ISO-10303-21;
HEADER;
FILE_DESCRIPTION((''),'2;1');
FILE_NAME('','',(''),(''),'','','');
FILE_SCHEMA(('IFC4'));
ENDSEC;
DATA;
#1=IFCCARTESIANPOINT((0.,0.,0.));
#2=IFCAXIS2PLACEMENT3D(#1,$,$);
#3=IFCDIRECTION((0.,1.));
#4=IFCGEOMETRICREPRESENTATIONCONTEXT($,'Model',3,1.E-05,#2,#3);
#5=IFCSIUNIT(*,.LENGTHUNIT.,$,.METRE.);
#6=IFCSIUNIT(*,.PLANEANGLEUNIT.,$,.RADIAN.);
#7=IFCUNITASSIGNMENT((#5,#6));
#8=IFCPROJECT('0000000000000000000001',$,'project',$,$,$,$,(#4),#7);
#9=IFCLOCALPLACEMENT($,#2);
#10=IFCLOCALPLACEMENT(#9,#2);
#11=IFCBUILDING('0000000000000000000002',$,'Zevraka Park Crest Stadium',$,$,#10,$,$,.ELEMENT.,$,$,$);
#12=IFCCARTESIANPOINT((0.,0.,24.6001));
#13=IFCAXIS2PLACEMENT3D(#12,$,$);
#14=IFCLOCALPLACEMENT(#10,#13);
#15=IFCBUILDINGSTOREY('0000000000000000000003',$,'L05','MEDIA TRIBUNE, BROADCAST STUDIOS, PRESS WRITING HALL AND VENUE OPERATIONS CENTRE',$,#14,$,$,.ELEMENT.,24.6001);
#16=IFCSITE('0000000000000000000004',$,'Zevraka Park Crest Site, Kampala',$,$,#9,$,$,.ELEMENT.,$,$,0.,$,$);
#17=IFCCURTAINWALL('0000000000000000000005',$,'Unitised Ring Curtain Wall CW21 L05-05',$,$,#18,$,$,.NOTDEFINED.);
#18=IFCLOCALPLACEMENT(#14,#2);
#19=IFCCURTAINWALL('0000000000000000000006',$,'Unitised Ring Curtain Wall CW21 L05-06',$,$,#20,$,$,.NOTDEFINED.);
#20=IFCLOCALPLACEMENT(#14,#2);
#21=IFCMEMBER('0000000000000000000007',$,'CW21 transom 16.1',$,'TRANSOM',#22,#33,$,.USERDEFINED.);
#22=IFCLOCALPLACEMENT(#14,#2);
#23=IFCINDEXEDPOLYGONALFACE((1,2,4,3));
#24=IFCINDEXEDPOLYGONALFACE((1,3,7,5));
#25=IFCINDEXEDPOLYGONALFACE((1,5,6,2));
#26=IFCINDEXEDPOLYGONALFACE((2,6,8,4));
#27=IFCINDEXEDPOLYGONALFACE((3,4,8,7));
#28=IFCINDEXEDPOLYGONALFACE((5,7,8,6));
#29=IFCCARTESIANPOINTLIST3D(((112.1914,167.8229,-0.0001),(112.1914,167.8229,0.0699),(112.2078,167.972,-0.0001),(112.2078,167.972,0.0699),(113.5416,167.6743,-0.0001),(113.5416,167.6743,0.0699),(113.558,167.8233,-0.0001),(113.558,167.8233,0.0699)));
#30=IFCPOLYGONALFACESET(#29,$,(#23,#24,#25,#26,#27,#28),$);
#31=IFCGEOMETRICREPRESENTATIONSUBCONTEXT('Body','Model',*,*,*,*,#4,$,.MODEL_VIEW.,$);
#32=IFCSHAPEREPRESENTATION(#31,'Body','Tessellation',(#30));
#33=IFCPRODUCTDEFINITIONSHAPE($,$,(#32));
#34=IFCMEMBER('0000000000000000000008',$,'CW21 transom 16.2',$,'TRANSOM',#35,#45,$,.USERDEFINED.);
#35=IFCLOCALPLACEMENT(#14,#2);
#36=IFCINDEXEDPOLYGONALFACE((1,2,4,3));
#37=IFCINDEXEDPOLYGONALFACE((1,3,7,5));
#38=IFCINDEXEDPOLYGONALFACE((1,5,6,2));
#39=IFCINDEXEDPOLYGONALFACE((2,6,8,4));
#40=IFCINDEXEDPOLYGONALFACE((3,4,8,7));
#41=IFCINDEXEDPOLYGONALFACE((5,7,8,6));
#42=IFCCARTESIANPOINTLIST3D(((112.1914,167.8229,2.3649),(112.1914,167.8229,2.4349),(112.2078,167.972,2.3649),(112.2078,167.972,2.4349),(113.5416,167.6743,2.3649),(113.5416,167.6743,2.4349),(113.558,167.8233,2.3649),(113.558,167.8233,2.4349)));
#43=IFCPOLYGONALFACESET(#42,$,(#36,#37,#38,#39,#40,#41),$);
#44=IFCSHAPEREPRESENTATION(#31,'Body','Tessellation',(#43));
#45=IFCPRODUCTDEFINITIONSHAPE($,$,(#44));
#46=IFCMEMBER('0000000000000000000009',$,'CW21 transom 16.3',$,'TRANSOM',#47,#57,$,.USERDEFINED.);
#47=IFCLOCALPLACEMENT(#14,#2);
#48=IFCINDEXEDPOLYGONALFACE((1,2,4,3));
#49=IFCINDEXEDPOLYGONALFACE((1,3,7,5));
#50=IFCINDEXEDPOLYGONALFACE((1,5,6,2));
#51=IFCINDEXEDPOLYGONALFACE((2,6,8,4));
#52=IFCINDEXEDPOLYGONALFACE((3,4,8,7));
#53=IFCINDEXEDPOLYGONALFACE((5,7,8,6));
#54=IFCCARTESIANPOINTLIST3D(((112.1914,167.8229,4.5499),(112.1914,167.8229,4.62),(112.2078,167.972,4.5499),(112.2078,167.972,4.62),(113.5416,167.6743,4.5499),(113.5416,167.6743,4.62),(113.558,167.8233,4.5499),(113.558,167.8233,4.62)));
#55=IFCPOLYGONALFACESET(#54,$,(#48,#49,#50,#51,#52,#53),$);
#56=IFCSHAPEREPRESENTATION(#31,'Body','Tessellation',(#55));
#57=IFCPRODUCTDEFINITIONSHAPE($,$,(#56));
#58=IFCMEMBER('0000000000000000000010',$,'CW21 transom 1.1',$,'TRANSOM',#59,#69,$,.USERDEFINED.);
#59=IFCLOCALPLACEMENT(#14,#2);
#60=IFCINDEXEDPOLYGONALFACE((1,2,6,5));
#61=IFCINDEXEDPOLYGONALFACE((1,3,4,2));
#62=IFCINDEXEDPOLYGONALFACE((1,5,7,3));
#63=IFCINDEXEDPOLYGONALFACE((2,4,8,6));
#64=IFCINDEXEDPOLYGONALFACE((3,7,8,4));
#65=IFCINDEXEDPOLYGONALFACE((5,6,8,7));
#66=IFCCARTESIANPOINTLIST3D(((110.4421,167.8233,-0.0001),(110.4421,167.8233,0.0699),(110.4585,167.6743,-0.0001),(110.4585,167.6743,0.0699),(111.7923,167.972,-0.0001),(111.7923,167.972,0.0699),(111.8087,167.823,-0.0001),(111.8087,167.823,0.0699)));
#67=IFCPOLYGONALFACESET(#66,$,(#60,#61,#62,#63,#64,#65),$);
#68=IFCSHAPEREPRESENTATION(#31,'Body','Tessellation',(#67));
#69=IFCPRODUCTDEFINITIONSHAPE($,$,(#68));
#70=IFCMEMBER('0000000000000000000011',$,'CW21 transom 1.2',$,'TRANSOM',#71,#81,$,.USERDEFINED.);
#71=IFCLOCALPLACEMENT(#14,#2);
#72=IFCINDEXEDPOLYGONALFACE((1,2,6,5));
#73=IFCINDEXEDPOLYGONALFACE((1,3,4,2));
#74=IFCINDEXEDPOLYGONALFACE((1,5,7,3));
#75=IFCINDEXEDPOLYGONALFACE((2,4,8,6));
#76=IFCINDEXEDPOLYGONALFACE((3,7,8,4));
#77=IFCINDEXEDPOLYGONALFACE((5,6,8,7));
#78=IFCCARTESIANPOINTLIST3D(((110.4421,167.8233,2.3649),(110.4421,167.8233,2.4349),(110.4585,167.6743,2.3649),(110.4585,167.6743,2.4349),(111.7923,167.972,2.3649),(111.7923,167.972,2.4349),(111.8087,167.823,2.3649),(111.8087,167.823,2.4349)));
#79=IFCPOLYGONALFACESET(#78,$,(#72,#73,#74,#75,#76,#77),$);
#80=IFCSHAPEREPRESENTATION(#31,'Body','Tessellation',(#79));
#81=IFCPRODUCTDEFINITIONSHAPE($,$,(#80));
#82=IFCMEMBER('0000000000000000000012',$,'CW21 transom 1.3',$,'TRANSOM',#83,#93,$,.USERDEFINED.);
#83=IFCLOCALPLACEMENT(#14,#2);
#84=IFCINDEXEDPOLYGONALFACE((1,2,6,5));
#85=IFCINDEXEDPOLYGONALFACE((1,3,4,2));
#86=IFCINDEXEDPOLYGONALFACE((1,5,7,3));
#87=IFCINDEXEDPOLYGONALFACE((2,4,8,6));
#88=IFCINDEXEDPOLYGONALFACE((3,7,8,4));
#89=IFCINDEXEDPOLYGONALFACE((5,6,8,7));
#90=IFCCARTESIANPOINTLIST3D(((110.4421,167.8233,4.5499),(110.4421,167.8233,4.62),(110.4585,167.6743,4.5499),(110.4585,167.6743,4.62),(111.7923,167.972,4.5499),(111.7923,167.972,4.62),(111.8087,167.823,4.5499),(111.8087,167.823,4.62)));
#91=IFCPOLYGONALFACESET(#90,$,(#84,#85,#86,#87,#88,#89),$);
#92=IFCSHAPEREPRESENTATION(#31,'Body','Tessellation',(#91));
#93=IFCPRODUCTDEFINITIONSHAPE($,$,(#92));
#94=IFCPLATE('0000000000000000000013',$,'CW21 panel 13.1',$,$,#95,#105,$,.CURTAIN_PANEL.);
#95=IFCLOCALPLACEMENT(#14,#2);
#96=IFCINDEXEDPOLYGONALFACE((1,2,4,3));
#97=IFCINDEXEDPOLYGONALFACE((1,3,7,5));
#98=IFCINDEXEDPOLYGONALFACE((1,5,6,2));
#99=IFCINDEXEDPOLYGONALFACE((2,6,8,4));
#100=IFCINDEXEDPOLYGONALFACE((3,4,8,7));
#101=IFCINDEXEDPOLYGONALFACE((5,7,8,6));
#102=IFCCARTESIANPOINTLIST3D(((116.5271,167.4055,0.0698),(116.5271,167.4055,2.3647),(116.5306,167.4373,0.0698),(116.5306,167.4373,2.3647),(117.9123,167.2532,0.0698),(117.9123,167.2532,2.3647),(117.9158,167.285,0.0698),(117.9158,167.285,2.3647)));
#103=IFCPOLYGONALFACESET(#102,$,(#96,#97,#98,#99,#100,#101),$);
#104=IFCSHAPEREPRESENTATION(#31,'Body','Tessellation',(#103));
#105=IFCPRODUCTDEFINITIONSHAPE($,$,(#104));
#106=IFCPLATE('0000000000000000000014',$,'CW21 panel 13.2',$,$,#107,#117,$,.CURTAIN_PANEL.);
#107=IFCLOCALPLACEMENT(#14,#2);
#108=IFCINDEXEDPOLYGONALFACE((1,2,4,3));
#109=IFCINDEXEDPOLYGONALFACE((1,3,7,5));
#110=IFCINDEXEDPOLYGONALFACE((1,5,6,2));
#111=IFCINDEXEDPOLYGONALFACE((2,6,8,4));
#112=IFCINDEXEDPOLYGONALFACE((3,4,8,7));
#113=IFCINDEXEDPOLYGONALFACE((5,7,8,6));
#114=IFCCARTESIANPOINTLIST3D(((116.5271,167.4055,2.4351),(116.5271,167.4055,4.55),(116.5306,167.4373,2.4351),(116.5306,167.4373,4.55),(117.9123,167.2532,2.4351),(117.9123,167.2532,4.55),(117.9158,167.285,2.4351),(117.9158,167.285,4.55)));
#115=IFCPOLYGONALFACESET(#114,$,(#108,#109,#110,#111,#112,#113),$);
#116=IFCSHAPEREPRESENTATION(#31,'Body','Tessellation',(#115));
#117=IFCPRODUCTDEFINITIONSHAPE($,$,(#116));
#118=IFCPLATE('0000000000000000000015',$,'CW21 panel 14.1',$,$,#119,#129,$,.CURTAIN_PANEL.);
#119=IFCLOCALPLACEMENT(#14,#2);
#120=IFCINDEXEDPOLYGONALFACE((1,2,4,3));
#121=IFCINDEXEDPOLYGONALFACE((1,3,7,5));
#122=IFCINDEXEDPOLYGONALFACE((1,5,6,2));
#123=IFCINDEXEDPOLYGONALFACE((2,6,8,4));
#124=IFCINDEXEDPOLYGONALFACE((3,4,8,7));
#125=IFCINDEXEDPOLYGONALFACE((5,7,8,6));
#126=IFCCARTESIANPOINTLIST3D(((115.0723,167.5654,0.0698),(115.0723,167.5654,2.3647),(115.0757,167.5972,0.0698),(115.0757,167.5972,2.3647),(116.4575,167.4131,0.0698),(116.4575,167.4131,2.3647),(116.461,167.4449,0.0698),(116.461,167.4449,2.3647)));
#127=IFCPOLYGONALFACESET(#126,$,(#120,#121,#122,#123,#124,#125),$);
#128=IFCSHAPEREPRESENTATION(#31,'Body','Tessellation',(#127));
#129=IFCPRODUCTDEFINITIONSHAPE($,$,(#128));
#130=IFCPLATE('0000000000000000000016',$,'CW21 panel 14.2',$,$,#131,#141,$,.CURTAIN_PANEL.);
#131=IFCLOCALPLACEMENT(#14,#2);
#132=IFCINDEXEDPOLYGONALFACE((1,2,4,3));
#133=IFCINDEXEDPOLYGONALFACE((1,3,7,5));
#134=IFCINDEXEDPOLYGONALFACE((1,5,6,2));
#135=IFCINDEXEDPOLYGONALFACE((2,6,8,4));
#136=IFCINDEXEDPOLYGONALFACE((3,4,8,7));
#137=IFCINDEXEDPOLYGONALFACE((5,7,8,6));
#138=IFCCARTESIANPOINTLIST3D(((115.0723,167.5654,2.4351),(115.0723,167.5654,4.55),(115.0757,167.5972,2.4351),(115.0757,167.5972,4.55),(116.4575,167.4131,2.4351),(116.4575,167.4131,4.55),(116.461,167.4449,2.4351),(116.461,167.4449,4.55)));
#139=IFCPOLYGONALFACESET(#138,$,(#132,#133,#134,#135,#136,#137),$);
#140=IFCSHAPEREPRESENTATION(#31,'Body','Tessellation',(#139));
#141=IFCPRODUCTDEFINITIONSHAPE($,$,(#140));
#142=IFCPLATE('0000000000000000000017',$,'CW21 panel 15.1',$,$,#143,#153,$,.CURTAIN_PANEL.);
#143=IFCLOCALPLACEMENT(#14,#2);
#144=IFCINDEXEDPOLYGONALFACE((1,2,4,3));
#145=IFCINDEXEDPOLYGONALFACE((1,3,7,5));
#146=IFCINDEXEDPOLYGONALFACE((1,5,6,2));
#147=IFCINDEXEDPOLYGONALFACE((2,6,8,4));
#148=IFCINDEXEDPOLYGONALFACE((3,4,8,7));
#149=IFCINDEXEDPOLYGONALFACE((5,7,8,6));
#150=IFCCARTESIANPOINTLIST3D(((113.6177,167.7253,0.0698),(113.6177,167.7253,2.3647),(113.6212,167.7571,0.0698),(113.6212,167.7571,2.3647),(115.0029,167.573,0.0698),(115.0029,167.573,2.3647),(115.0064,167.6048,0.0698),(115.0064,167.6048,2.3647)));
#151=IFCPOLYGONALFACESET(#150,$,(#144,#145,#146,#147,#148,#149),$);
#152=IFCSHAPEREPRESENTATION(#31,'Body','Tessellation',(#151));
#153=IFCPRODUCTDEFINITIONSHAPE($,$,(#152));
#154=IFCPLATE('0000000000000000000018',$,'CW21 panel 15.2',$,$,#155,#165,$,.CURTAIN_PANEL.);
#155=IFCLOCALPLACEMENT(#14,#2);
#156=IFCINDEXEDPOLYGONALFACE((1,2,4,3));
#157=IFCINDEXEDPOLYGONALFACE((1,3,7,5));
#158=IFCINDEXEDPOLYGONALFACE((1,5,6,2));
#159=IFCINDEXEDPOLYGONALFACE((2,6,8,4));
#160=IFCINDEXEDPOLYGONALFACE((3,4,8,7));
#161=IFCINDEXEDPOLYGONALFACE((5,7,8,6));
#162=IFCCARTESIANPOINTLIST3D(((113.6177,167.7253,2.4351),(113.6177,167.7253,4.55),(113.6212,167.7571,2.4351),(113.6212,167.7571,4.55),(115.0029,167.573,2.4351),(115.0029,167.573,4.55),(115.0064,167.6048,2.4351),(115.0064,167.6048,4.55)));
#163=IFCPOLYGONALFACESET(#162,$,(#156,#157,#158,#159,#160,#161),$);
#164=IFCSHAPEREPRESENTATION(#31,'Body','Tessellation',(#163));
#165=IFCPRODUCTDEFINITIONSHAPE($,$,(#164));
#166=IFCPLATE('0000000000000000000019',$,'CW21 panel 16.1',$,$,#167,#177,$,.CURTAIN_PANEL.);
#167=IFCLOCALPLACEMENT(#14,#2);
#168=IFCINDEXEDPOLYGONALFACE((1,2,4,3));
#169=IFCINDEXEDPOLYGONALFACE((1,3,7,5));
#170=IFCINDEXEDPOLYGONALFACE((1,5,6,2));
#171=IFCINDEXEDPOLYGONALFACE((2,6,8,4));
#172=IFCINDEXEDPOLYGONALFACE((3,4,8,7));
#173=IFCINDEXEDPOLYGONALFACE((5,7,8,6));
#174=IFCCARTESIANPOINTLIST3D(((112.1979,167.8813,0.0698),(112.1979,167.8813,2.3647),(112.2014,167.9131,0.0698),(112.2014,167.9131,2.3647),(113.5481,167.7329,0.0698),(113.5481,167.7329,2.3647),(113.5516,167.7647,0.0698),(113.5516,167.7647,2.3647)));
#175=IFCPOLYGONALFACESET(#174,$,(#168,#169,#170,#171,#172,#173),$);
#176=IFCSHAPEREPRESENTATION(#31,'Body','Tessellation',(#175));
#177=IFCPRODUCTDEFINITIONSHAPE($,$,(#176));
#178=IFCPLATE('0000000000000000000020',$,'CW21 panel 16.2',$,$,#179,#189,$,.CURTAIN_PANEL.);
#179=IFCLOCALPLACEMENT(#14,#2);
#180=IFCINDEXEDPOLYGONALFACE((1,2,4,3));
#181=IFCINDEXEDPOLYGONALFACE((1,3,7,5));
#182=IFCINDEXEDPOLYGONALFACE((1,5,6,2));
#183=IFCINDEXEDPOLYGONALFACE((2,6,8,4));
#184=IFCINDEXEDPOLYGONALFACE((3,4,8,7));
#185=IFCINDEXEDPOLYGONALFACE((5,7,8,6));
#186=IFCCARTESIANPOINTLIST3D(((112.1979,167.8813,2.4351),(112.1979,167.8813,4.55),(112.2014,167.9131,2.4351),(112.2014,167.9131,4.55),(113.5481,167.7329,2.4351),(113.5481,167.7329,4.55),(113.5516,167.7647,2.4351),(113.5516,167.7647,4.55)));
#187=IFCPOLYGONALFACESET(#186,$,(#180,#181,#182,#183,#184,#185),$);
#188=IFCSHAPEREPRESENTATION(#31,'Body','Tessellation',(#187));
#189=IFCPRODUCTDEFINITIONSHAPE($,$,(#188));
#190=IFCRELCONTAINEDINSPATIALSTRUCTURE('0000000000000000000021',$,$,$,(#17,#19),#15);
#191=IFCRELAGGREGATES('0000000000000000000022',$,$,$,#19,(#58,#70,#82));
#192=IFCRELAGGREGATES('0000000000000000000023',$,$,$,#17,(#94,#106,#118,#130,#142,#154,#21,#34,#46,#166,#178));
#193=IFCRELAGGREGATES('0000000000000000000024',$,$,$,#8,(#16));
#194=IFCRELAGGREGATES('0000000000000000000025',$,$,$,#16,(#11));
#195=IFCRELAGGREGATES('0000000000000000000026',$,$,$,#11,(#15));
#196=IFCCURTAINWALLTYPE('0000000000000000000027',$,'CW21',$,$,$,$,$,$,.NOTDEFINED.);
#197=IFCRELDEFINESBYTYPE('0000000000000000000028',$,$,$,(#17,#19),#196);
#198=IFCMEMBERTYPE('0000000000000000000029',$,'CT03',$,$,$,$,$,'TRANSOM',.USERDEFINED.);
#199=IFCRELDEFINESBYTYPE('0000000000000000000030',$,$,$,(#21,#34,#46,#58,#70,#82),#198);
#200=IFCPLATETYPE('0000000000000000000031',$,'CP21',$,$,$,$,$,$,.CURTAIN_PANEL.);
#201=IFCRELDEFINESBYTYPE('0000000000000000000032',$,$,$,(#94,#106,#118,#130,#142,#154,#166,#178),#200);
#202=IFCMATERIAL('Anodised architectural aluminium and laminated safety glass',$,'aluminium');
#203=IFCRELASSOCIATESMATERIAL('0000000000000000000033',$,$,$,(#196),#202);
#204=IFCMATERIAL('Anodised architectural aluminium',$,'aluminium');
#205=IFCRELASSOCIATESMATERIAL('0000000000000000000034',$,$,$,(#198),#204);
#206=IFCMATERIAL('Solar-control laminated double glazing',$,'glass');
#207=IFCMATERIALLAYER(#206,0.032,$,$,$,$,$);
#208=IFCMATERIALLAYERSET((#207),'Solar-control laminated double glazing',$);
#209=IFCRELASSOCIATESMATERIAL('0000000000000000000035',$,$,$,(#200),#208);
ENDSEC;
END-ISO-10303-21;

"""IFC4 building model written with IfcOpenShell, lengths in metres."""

from ifc_helpers import new_model, si_unit, direction, frame, origin, origin_2d, place, context, subcontext, project, spatial, rectangle, extrude, material, layer, layer_set, material_profile, profile_set, type_object, element, aggregate, save


model = new_model("IFC4")

# Units and contexts
model_context = context("Model", 3, precision=1e-05, world=origin(), true_north=direction((0.0, 1.0)))
body_context = subcontext(model_context, "Body", "Model", "MODEL_VIEW")
ifc_project = project(units=[si_unit("LENGTHUNIT", "METRE"), si_unit("PLANEANGLEUNIT", "RADIAN")], contexts=[model_context])

# Site, building, storey
site_placement = place(None, origin())
site = spatial("IfcSite", under=ifc_project, at=site_placement, Name="Zevraka Park Crest Site, Kampala", CompositionType="ELEMENT", RefElevation=0.0)
building_placement = place(site_placement, origin())
building = spatial("IfcBuilding", under=site, at=building_placement, Name="Zevraka Park Crest Stadium", CompositionType="ELEMENT")
storey_placement = place(building_placement, frame((0.0, 0.0, 24.6001)))
storey = spatial("IfcBuildingStorey", under=building, at=storey_placement, Name="L05", Description="MEDIA TRIBUNE, BROADCAST STUDIOS, PRESS WRITING HALL AND VENUE OPERATIONS CENTRE", CompositionType="ELEMENT", Elevation=24.6001)

# Curtain wall
ifc_material_1 = material(Name="Anodised architectural aluminium and laminated safety glass", Category="aluminium")
curtain_wall_type = type_object("IfcCurtainWallType", Name="CW21", PredefinedType="NOTDEFINED", material=ifc_material_1)
curtain_wall_1_placement = place(storey_placement, origin())
curtain_wall_1 = element("IfcCurtainWall", 1, at=curtain_wall_1_placement, inside=storey, type_object=curtain_wall_type, Name="Unitised Ring Curtain Wall CW21 L05-05", PredefinedType="NOTDEFINED")

# Curtain wall
curtain_wall_2_placement = place(storey_placement, origin())
curtain_wall_2 = element("IfcCurtainWall", 2, at=curtain_wall_2_placement, inside=storey, type_object=curtain_wall_type, Name="Unitised Ring Curtain Wall CW21 L05-06", PredefinedType="NOTDEFINED")

# Members
ifc_material_2 = material(Name="Anodised architectural aluminium", Category="aluminium")
ifc_material_profile_1 = material_profile(ifc_material_2, rectangle(XDim=0.1499, YDim=0.0701, at=origin_2d()), Name="ALU TRANSOM 150x70")
ifc_profile_set_1 = profile_set([ifc_material_profile_1], Name="Anodised architectural aluminium")
member_type_1 = type_object("IfcMemberType", Name="CT03", ElementType="TRANSOM", PredefinedType="USERDEFINED", material=ifc_profile_set_1)
member_1_placement = place(storey_placement, frame((113.5498, 167.7488, 0.0349), z_axis=(-0.993993, 0.109445, 0.0), x_axis=(-0.109445, -0.993993, 0.0)))
member_1 = element("IfcMember", 3, at=member_1_placement, type_object=member_type_1, Name="CW21 transom 16.1", ObjectType="TRANSOM", PredefinedType="USERDEFINED", context=body_context, shape_type="SweptSolid", body=[
    extrude(rectangle(XDim=0.1499, YDim=0.0701, at=origin_2d()), origin(), (0.0, 0.0, 1.0), 1.3584),
])
member_2_placement = place(storey_placement, frame((113.5498, 167.7488, 2.3999), z_axis=(-0.993993, 0.109445, 0.0), x_axis=(-0.109445, -0.993993, 0.0)))
member_2 = element("IfcMember", 4, at=member_2_placement, type_object=member_type_1, Name="CW21 transom 16.2", ObjectType="TRANSOM", PredefinedType="USERDEFINED", context=body_context, shape_type="SweptSolid", body=[
    extrude(rectangle(XDim=0.1499, YDim=0.0701, at=origin_2d()), origin(), (0.0, 0.0, 1.0), 1.3584),
])
member_3_placement = place(storey_placement, frame((113.5498, 167.7488, 4.585), z_axis=(-0.993993, 0.109445, 0.0), x_axis=(-0.109445, -0.993993, 0.0)))
member_3 = element("IfcMember", 5, at=member_3_placement, type_object=member_type_1, Name="CW21 transom 16.3", ObjectType="TRANSOM", PredefinedType="USERDEFINED", context=body_context, shape_type="SweptSolid", body=[
    extrude(rectangle(XDim=0.1499, YDim=0.0701, at=origin_2d()), origin(), (0.0, 0.0, 1.0), 1.3584),
])
member_4_placement = place(storey_placement, frame((111.8005, 167.8975, 0.0349), z_axis=(-0.993993, -0.109445, 0.0), x_axis=(0.109445, -0.993993, 0.0)))
member_4 = element("IfcMember", 6, at=member_4_placement, type_object=member_type_1, Name="CW21 transom 1.1", ObjectType="TRANSOM", PredefinedType="USERDEFINED", context=body_context, shape_type="SweptSolid", body=[
    extrude(rectangle(XDim=0.1499, YDim=0.0701, at=origin_2d()), origin(), (0.0, 0.0, 1.0), 1.3584),
])
member_5_placement = place(storey_placement, frame((111.8005, 167.8975, 2.3999), z_axis=(-0.993993, -0.109445, 0.0), x_axis=(0.109445, -0.993993, 0.0)))
member_5 = element("IfcMember", 7, at=member_5_placement, type_object=member_type_1, Name="CW21 transom 1.2", ObjectType="TRANSOM", PredefinedType="USERDEFINED", context=body_context, shape_type="SweptSolid", body=[
    extrude(rectangle(XDim=0.1499, YDim=0.0701, at=origin_2d()), origin(), (0.0, 0.0, 1.0), 1.3584),
])
member_6_placement = place(storey_placement, frame((111.8005, 167.8975, 4.585), z_axis=(-0.993993, -0.109445, 0.0), x_axis=(0.109445, -0.993993, 0.0)))
member_6 = element("IfcMember", 8, at=member_6_placement, type_object=member_type_1, Name="CW21 transom 1.3", ObjectType="TRANSOM", PredefinedType="USERDEFINED", context=body_context, shape_type="SweptSolid", body=[
    extrude(rectangle(XDim=0.1499, YDim=0.0701, at=origin_2d()), origin(), (0.0, 0.0, 1.0), 1.3584),
])
aggregate(curtain_wall_2, [member_4, member_5, member_6])

# Plates
ifc_material_3 = material(Name="Solar-control laminated double glazing", Category="glass")
ifc_layer_1 = layer(ifc_material_3, 0.032)
ifc_layer_set_1 = layer_set([ifc_layer_1], Name="Solar-control laminated double glazing")
plate_type = type_object("IfcPlateType", Name="CP21", PredefinedType="CURTAIN_PANEL", material=ifc_layer_set_1)
plate_1_placement = place(storey_placement, frame((117.2214, 167.3452, 0.0698), z_axis=(0.0, 0.0, 1.0), x_axis=(-0.99401, 0.109288, 0.0)))
plate_1 = element("IfcPlate", 9, at=plate_1_placement, type_object=plate_type, Name="CW21 panel 13.1", PredefinedType="CURTAIN_PANEL", context=body_context, shape_type="SweptSolid", body=[
    extrude(rectangle(XDim=1.3936, YDim=0.032, at=origin_2d()), origin(), (0.0, 0.0, 1.0), 2.2949),
])
plate_2_placement = place(storey_placement, frame((117.2214, 167.3452, 2.4351), z_axis=(0.0, 0.0, 1.0), x_axis=(-0.99401, 0.109288, 0.0)))
plate_2 = element("IfcPlate", 10, at=plate_2_placement, type_object=plate_type, Name="CW21 panel 13.2", PredefinedType="CURTAIN_PANEL", context=body_context, shape_type="SweptSolid", body=[
    extrude(rectangle(XDim=1.3936, YDim=0.032, at=origin_2d()), origin(), (0.0, 0.0, 1.0), 2.115),
])
plate_3_placement = place(storey_placement, frame((115.7666, 167.5051, 0.0698), z_axis=(0.0, 0.0, 1.0), x_axis=(-0.99401, 0.109288, 0.0)))
plate_3 = element("IfcPlate", 11, at=plate_3_placement, type_object=plate_type, Name="CW21 panel 14.1", PredefinedType="CURTAIN_PANEL", context=body_context, shape_type="SweptSolid", body=[
    extrude(rectangle(XDim=1.3936, YDim=0.032, at=origin_2d()), origin(), (0.0, 0.0, 1.0), 2.2949),
])
plate_4_placement = place(storey_placement, frame((115.7666, 167.5051, 2.4351), z_axis=(0.0, 0.0, 1.0), x_axis=(-0.99401, 0.109288, 0.0)))
plate_4 = element("IfcPlate", 12, at=plate_4_placement, type_object=plate_type, Name="CW21 panel 14.2", PredefinedType="CURTAIN_PANEL", context=body_context, shape_type="SweptSolid", body=[
    extrude(rectangle(XDim=1.3936, YDim=0.032, at=origin_2d()), origin(), (0.0, 0.0, 1.0), 2.115),
])
plate_5_placement = place(storey_placement, frame((114.312, 167.665, 0.0698), z_axis=(0.0, 0.0, 1.0), x_axis=(-0.99401, 0.109288, 0.0)))
plate_5 = element("IfcPlate", 13, at=plate_5_placement, type_object=plate_type, Name="CW21 panel 15.1", PredefinedType="CURTAIN_PANEL", context=body_context, shape_type="SweptSolid", body=[
    extrude(rectangle(XDim=1.3936, YDim=0.032, at=origin_2d()), origin(), (0.0, 0.0, 1.0), 2.2949),
])
plate_6_placement = place(storey_placement, frame((114.312, 167.665, 2.4351), z_axis=(0.0, 0.0, 1.0), x_axis=(-0.99401, 0.109288, 0.0)))
plate_6 = element("IfcPlate", 14, at=plate_6_placement, type_object=plate_type, Name="CW21 panel 15.2", PredefinedType="CURTAIN_PANEL", context=body_context, shape_type="SweptSolid", body=[
    extrude(rectangle(XDim=1.3936, YDim=0.032, at=origin_2d()), origin(), (0.0, 0.0, 1.0), 2.115),
])
plate_7_placement = place(storey_placement, frame((112.8748, 167.823, 0.0698), z_axis=(0.0, 0.0, 1.0), x_axis=(-0.99401, 0.109288, 0.0)))
plate_7 = element("IfcPlate", 15, at=plate_7_placement, type_object=plate_type, Name="CW21 panel 16.1", PredefinedType="CURTAIN_PANEL", context=body_context, shape_type="SweptSolid", body=[
    extrude(rectangle(XDim=1.3584, YDim=0.032, at=origin_2d()), origin(), (0.0, 0.0, 1.0), 2.2949),
])
plate_8_placement = place(storey_placement, frame((112.8748, 167.823, 2.4351), z_axis=(0.0, 0.0, 1.0), x_axis=(-0.99401, 0.109288, 0.0)))
plate_8 = element("IfcPlate", 16, at=plate_8_placement, type_object=plate_type, Name="CW21 panel 16.2", PredefinedType="CURTAIN_PANEL", context=body_context, shape_type="SweptSolid", body=[
    extrude(rectangle(XDim=1.3584, YDim=0.032, at=origin_2d()), origin(), (0.0, 0.0, 1.0), 2.115),
])
aggregate(curtain_wall_1, [plate_1, plate_2, plate_3, plate_4, plate_5, plate_6, member_1, member_2, member_3, plate_7, plate_8])

save(model, "model.ifc")
